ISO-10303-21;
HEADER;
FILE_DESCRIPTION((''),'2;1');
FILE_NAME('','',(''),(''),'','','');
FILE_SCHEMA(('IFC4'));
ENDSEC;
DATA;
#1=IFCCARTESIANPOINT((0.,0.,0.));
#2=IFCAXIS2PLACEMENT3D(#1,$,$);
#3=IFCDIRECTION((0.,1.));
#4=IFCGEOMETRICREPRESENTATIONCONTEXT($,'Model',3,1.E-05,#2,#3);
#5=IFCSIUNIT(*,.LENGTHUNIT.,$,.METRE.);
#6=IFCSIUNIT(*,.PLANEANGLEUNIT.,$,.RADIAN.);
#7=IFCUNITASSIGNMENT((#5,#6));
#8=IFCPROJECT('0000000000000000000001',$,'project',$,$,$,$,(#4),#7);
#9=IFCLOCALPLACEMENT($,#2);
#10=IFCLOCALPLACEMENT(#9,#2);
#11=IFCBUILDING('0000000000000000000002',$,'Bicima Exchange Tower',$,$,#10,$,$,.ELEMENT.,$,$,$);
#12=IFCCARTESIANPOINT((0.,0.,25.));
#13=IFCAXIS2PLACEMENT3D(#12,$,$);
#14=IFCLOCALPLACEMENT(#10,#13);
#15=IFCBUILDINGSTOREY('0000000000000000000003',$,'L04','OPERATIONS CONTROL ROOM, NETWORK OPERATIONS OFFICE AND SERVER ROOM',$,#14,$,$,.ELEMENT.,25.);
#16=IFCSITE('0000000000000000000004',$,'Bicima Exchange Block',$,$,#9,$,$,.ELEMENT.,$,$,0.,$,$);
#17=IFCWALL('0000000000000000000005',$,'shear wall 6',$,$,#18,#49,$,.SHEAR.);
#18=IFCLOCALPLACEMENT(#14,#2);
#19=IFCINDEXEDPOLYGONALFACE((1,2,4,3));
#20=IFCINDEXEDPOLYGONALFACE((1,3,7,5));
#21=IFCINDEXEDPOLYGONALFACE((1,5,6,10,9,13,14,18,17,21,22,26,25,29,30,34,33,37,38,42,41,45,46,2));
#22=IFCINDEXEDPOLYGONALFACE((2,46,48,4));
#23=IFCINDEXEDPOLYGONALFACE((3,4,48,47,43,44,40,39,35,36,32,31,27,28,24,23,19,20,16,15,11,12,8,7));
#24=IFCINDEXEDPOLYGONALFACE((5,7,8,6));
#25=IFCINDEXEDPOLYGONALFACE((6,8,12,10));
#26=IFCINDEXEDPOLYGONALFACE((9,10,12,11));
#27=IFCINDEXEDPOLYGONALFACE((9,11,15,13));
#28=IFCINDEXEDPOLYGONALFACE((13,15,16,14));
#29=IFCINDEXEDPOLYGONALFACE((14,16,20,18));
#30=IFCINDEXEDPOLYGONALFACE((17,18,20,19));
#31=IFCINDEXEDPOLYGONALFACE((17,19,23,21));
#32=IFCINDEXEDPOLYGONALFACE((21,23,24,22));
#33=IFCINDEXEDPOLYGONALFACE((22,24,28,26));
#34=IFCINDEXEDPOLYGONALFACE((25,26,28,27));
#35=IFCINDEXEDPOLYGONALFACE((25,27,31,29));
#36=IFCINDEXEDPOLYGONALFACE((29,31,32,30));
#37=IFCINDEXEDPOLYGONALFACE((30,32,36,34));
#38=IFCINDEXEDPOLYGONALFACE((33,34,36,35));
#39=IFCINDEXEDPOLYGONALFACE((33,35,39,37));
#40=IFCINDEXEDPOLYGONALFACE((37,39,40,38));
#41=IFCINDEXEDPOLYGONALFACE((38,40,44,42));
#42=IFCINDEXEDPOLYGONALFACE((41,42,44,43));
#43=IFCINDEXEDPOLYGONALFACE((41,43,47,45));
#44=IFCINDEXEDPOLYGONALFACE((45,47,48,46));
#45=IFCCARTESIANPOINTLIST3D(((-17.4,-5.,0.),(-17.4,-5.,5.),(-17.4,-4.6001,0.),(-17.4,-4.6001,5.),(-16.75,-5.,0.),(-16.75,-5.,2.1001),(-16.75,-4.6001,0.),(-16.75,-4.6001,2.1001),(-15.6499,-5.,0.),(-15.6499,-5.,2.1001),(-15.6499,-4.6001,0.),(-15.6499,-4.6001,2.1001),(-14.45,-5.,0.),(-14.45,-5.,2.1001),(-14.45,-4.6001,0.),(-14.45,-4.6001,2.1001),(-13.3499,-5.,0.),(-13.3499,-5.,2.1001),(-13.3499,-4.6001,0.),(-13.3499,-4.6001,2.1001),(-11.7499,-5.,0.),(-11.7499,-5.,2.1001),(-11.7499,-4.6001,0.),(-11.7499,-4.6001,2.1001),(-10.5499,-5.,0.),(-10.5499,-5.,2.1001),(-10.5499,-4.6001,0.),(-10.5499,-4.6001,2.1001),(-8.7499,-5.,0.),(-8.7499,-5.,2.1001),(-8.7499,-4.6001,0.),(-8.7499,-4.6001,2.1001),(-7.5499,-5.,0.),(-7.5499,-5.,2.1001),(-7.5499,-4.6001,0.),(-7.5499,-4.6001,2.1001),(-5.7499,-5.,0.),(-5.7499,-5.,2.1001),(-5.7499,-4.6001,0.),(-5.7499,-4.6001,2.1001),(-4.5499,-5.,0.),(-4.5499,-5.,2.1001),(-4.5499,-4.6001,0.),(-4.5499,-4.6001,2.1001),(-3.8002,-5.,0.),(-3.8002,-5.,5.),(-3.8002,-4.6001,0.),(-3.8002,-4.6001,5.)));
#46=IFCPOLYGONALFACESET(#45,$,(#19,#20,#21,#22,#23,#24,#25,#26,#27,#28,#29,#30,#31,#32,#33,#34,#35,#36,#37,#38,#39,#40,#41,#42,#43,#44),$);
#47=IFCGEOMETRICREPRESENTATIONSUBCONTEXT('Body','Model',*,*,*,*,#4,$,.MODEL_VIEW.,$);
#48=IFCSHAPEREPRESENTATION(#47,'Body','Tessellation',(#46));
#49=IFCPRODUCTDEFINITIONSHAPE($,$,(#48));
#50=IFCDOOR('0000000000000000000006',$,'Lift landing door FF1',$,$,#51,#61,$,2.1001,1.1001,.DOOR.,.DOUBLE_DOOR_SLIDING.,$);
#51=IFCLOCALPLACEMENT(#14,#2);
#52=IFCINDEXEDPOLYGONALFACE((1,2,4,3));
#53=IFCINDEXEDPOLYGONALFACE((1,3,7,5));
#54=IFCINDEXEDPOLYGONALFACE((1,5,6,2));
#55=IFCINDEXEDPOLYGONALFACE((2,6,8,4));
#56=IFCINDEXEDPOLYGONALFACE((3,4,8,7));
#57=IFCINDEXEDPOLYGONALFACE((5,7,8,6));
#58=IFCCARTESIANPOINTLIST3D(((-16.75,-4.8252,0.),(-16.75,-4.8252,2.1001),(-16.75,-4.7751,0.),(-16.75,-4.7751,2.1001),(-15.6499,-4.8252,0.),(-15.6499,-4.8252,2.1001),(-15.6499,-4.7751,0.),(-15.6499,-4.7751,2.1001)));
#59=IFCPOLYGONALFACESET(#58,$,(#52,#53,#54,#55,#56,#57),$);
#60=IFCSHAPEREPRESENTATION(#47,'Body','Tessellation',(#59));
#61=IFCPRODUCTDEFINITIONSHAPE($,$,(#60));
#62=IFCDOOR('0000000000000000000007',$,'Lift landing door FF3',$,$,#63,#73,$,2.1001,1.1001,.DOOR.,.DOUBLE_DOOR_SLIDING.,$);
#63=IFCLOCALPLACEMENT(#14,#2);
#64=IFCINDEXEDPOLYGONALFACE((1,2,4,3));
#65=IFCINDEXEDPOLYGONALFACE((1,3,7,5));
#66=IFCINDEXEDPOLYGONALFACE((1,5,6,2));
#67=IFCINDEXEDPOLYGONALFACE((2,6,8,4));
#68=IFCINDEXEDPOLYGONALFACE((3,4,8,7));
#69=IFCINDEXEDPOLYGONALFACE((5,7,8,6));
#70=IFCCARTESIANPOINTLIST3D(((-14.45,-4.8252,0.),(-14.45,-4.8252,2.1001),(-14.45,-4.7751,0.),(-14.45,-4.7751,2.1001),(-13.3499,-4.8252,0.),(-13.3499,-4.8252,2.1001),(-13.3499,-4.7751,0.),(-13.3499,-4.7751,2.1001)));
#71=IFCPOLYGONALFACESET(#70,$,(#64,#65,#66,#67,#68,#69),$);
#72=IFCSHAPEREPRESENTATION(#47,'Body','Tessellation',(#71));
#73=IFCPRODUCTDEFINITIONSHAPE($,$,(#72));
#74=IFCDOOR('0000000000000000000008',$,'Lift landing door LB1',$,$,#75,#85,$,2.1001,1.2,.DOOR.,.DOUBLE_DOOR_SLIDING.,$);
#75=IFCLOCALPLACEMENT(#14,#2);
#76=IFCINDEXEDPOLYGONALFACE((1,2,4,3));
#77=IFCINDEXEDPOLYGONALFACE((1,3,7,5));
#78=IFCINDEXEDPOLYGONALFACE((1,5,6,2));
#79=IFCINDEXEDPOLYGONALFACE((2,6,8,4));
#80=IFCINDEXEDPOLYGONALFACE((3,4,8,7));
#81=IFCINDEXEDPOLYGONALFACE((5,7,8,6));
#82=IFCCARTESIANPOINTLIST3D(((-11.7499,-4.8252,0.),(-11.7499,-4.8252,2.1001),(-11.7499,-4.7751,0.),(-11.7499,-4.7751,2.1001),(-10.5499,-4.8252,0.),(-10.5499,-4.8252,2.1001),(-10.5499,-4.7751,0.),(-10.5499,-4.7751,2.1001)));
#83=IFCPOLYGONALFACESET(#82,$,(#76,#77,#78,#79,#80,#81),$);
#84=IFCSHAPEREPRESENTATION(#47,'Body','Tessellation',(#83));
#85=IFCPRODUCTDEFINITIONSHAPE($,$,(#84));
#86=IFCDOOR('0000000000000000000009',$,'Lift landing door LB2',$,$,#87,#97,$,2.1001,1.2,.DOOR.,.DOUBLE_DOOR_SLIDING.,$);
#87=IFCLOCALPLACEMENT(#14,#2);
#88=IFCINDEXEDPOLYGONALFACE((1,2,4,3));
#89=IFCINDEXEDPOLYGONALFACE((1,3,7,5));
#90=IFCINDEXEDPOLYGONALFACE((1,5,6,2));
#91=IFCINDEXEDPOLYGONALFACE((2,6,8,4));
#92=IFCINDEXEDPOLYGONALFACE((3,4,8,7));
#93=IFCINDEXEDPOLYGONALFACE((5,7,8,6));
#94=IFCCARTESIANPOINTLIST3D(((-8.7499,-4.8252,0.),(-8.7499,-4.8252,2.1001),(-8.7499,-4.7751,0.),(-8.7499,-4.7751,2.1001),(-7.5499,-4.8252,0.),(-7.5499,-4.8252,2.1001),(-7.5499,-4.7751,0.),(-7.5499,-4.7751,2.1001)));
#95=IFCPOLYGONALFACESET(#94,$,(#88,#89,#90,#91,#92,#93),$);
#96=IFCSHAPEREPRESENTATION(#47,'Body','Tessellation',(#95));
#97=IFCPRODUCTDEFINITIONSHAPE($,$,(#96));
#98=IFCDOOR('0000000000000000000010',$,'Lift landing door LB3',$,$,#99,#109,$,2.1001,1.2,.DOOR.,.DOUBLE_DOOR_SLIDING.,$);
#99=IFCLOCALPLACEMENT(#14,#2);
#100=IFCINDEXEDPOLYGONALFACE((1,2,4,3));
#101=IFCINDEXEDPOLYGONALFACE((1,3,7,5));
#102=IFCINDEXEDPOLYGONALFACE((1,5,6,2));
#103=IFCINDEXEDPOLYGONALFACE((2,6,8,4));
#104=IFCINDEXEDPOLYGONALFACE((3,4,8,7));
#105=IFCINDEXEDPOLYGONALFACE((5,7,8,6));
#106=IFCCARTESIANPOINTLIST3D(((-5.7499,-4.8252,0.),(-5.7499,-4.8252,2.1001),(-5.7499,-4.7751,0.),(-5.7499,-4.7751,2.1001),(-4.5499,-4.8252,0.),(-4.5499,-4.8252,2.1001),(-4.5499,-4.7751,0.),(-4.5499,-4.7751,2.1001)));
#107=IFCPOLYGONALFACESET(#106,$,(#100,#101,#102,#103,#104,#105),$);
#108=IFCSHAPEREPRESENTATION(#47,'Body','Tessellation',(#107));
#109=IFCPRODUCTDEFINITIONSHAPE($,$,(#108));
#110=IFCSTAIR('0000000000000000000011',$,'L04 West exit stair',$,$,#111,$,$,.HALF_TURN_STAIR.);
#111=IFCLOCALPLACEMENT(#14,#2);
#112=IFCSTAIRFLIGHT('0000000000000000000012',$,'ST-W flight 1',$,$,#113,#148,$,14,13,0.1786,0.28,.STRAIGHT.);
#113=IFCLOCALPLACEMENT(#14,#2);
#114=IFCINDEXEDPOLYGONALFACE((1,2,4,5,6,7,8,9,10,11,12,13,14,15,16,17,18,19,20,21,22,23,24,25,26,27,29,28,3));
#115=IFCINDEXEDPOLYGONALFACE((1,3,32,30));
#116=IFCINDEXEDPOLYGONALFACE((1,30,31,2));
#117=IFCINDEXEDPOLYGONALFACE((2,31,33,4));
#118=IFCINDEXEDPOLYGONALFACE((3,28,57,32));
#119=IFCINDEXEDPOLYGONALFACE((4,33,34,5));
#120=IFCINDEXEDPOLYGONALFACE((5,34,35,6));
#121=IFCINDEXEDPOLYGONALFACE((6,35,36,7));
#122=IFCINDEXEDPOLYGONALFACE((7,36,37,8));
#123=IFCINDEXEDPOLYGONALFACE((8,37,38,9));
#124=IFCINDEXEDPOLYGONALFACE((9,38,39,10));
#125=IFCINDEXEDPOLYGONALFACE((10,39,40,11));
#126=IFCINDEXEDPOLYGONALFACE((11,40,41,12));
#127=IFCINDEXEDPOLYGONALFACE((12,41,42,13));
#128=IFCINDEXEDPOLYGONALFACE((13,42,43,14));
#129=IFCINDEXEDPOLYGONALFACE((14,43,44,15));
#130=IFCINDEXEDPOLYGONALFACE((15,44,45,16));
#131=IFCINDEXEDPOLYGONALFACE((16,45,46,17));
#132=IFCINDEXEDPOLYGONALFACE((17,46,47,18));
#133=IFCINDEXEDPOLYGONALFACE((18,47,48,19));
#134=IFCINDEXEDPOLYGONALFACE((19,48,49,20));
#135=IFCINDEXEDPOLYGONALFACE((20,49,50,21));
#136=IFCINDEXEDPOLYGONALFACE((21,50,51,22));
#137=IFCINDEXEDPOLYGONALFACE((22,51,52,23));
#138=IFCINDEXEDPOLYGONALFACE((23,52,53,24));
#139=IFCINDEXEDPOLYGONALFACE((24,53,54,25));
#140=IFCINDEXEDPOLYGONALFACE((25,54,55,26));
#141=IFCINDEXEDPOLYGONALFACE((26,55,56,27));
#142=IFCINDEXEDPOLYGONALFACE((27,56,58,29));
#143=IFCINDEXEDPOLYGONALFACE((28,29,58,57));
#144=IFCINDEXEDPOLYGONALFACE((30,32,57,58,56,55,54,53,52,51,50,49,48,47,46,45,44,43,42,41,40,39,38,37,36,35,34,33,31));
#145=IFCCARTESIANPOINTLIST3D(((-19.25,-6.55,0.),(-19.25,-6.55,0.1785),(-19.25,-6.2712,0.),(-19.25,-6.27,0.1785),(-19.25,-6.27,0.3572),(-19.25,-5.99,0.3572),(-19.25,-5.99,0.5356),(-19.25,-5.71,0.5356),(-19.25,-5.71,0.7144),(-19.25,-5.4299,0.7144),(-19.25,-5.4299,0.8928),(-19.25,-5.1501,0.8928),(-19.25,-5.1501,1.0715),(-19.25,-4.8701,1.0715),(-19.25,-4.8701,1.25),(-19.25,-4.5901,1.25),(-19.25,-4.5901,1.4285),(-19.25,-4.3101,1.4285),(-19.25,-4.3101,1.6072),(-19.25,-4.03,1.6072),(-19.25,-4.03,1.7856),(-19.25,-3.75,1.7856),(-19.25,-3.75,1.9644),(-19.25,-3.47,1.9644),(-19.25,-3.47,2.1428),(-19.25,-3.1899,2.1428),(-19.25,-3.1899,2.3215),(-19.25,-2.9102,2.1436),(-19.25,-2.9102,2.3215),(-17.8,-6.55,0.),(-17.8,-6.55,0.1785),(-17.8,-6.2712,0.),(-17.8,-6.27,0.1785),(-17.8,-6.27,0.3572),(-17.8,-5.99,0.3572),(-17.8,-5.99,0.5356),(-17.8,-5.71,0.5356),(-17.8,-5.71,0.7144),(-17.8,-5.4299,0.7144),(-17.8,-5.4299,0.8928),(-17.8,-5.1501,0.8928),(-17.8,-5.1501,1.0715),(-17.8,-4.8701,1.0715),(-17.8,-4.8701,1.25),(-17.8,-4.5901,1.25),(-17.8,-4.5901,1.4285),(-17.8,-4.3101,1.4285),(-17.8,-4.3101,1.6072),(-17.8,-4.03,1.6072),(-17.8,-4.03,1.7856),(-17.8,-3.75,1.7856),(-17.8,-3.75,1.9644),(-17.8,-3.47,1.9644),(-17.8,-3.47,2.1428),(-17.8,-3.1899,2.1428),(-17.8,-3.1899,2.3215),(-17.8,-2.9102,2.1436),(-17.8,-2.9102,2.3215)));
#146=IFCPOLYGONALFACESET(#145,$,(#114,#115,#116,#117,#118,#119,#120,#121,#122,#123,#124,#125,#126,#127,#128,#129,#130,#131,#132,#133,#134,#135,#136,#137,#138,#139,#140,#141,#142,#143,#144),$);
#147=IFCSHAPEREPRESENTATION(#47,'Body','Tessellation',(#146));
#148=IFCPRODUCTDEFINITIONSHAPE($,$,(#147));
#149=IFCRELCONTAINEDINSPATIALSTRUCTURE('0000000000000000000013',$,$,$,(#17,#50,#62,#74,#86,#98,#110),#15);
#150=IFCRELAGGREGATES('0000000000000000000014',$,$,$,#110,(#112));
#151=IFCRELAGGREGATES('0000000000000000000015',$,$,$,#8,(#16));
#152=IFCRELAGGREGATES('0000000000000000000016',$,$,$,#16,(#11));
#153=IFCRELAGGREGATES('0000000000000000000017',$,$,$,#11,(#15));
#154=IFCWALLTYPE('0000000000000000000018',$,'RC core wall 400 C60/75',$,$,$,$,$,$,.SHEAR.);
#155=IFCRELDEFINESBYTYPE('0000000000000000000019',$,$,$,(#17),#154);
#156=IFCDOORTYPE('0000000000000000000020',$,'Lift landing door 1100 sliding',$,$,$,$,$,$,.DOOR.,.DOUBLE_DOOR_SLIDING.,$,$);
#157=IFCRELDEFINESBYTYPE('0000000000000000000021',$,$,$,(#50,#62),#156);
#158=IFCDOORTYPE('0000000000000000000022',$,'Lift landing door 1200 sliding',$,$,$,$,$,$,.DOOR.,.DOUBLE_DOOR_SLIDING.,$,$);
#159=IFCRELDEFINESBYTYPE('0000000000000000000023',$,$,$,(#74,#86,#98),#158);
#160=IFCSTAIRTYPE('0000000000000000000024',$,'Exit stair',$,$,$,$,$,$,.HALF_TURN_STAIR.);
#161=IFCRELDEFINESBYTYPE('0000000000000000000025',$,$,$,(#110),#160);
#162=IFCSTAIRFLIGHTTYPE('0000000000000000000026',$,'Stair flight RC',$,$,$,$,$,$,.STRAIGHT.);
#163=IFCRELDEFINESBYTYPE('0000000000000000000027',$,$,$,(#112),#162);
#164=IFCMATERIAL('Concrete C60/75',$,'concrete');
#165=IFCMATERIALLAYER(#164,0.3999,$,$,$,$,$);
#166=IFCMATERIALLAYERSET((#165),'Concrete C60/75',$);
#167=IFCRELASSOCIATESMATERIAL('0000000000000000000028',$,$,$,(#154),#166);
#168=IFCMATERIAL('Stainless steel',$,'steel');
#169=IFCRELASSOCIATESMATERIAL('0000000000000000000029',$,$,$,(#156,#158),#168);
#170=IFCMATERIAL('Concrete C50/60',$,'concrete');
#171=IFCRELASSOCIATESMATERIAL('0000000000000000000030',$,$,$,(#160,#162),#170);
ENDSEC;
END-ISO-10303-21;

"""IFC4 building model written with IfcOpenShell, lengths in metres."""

from ifc_helpers import new_model, si_unit, direction, frame, frame_2d, origin, place, context, subcontext, project, spatial, polyline, rectangle, outline, extrude, material, layer, layer_set, type_object, element, fill, aggregate, save


model = new_model("IFC4")

# Units and contexts
model_context = context("Model", 3, precision=1e-05, world=origin(), true_north=direction((0.0, 1.0)))
body_context = subcontext(model_context, "Body", "Model", "MODEL_VIEW")
ifc_project = project(units=[si_unit("LENGTHUNIT", "METRE"), si_unit("PLANEANGLEUNIT", "RADIAN")], contexts=[model_context])

# Site, building, storey
site_placement = place(None, origin())
site = spatial("IfcSite", under=ifc_project, at=site_placement, Name="Bicima Exchange Block", CompositionType="ELEMENT", RefElevation=0.0)
building_placement = place(site_placement, origin())
building = spatial("IfcBuilding", under=site, at=building_placement, Name="Bicima Exchange Tower", CompositionType="ELEMENT")
storey_placement = place(building_placement, frame((0.0, 0.0, 25.0)))
storey = spatial("IfcBuildingStorey", under=building, at=storey_placement, Name="L04", Description="OPERATIONS CONTROL ROOM, NETWORK OPERATIONS OFFICE AND SERVER ROOM", CompositionType="ELEMENT", Elevation=25.0)

# Shared definitions
ifc_material_1 = material(Name="Concrete C50/60", Category="concrete")

# Wall, openings, doors
ifc_material_2 = material(Name="Concrete C60/75", Category="concrete")
ifc_layer_1 = layer(ifc_material_2, 0.3999)
ifc_layer_set_1 = layer_set([ifc_layer_1], Name="Concrete C60/75")
wall_type_1 = type_object("IfcWallType", Name="RC core wall 400 C60/75", PredefinedType="SHEAR", material=ifc_layer_set_1)
wall_1_placement = place(storey_placement, frame((-17.3999, -4.8, 0.0), z_axis=(0.0, 0.0, 1.0), x_axis=(1.0, 0.0, 0.0)))
wall_1 = element("IfcWall", 1, at=wall_1_placement, inside=storey, type_object=wall_type_1, Name="shear wall 6", PredefinedType="SHEAR", context=body_context, shape_type="SweptSolid", body=[
    extrude(rectangle(XDim=13.5999, YDim=0.3999, at=frame_2d((6.7998, 0.0))), origin(), (0.0, 0.0, 1.0), 5.0),
])
opening_1_placement = place(wall_1_placement, frame((0.6499, 0.0, 0.0)))
opening_1 = element("IfcOpeningElement", 2, at=opening_1_placement, cuts=wall_1, PredefinedType="OPENING", context=body_context, shape_type="SweptSolid", body=[
    extrude(rectangle(XDim=1.1001, YDim=2.1001, at=frame_2d((0.55, 1.05))), frame((0.0, 0.2119, 0.0), z_axis=(0.0, -1.0, 0.0), x_axis=(1.0, 0.0, 0.0)), (0.0, 0.0, 1.0), 0.4238),
])
opening_2_placement = place(wall_1_placement, frame((2.95, 0.0, 0.0)))
opening_2 = element("IfcOpeningElement", 3, at=opening_2_placement, cuts=wall_1, PredefinedType="OPENING", context=body_context, shape_type="SweptSolid", body=[
    extrude(rectangle(XDim=1.1001, YDim=2.1001, at=frame_2d((0.55, 1.05))), frame((0.0, 0.2119, 0.0), z_axis=(0.0, -1.0, 0.0), x_axis=(1.0, 0.0, 0.0)), (0.0, 0.0, 1.0), 0.4238),
])
opening_3_placement = place(wall_1_placement, frame((5.6499, 0.0, 0.0)))
opening_3 = element("IfcOpeningElement", 4, at=opening_3_placement, cuts=wall_1, PredefinedType="OPENING", context=body_context, shape_type="SweptSolid", body=[
    extrude(rectangle(XDim=1.2, YDim=2.1001, at=frame_2d((0.6001, 1.05))), frame((0.0, 0.2119, 0.0), z_axis=(0.0, -1.0, 0.0), x_axis=(1.0, 0.0, 0.0)), (0.0, 0.0, 1.0), 0.4238),
])
opening_4_placement = place(wall_1_placement, frame((8.6499, 0.0, 0.0)))
opening_4 = element("IfcOpeningElement", 5, at=opening_4_placement, cuts=wall_1, PredefinedType="OPENING", context=body_context, shape_type="SweptSolid", body=[
    extrude(rectangle(XDim=1.2, YDim=2.1001, at=frame_2d((0.6001, 1.05))), frame((0.0, 0.2119, 0.0), z_axis=(0.0, -1.0, 0.0), x_axis=(1.0, 0.0, 0.0)), (0.0, 0.0, 1.0), 0.4238),
])
opening_5_placement = place(wall_1_placement, frame((11.6499, 0.0, 0.0)))
opening_5 = element("IfcOpeningElement", 6, at=opening_5_placement, cuts=wall_1, PredefinedType="OPENING", context=body_context, shape_type="SweptSolid", body=[
    extrude(rectangle(XDim=1.2, YDim=2.1001, at=frame_2d((0.6001, 1.05))), frame((0.0, 0.2119, 0.0), z_axis=(0.0, -1.0, 0.0), x_axis=(1.0, 0.0, 0.0)), (0.0, 0.0, 1.0), 0.4238),
])
ifc_material_3 = material(Name="Stainless steel", Category="steel")
door_type_1 = type_object("IfcDoorType", Name="Lift landing door 1100 sliding", OperationType="DOUBLE_DOOR_SLIDING", PredefinedType="DOOR", material=ifc_material_3)
door_1_placement = place(opening_1_placement, origin())
door_1 = element("IfcDoor", 7, at=door_1_placement, inside=storey, type_object=door_type_1, Name="Lift landing door FF1", OperationType="DOUBLE_DOOR_SLIDING", OverallHeight=2.1001, OverallWidth=1.1001, PredefinedType="DOOR", context=body_context, shape_type="SweptSolid", body=[
    extrude(rectangle(XDim=1.1001, YDim=2.1001, at=frame_2d((0.55, 1.05))), frame((0.0, 0.0249, 0.0), z_axis=(0.0, -1.0, 0.0), x_axis=(1.0, 0.0, 0.0)), (0.0, 0.0, 1.0), 0.05),
])
fill(opening_1, door_1)
door_2_placement = place(opening_2_placement, origin())
door_2 = element("IfcDoor", 8, at=door_2_placement, inside=storey, type_object=door_type_1, Name="Lift landing door FF3", OperationType="DOUBLE_DOOR_SLIDING", OverallHeight=2.1001, OverallWidth=1.1001, PredefinedType="DOOR", context=body_context, shape_type="SweptSolid", body=[
    extrude(rectangle(XDim=1.1001, YDim=2.1001, at=frame_2d((0.55, 1.05))), frame((0.0, 0.0249, 0.0), z_axis=(0.0, -1.0, 0.0), x_axis=(1.0, 0.0, 0.0)), (0.0, 0.0, 1.0), 0.05),
])
fill(opening_2, door_2)
door_type_2 = type_object("IfcDoorType", Name="Lift landing door 1200 sliding", OperationType="DOUBLE_DOOR_SLIDING", PredefinedType="DOOR", material=ifc_material_3)
door_3_placement = place(opening_3_placement, origin())
door_3 = element("IfcDoor", 9, at=door_3_placement, inside=storey, type_object=door_type_2, Name="Lift landing door LB1", OperationType="DOUBLE_DOOR_SLIDING", OverallHeight=2.1001, OverallWidth=1.2, PredefinedType="DOOR", context=body_context, shape_type="SweptSolid", body=[
    extrude(rectangle(XDim=1.2, YDim=2.1001, at=frame_2d((0.6001, 1.05))), frame((0.0, 0.0249, 0.0), z_axis=(0.0, -1.0, 0.0), x_axis=(1.0, 0.0, 0.0)), (0.0, 0.0, 1.0), 0.05),
])
fill(opening_3, door_3)
door_4_placement = place(opening_4_placement, origin())
door_4 = element("IfcDoor", 10, at=door_4_placement, inside=storey, type_object=door_type_2, Name="Lift landing door LB2", OperationType="DOUBLE_DOOR_SLIDING", OverallHeight=2.1001, OverallWidth=1.2, PredefinedType="DOOR", context=body_context, shape_type="SweptSolid", body=[
    extrude(rectangle(XDim=1.2, YDim=2.1001, at=frame_2d((0.6001, 1.05))), frame((0.0, 0.0249, 0.0), z_axis=(0.0, -1.0, 0.0), x_axis=(1.0, 0.0, 0.0)), (0.0, 0.0, 1.0), 0.05),
])
fill(opening_4, door_4)
door_5_placement = place(opening_5_placement, origin())
door_5 = element("IfcDoor", 11, at=door_5_placement, inside=storey, type_object=door_type_2, Name="Lift landing door LB3", OperationType="DOUBLE_DOOR_SLIDING", OverallHeight=2.1001, OverallWidth=1.2, PredefinedType="DOOR", context=body_context, shape_type="SweptSolid", body=[
    extrude(rectangle(XDim=1.2, YDim=2.1001, at=frame_2d((0.6001, 1.05))), frame((0.0, 0.0249, 0.0), z_axis=(0.0, -1.0, 0.0), x_axis=(1.0, 0.0, 0.0)), (0.0, 0.0, 1.0), 0.05),
])
fill(opening_5, door_5)

# Stair, stair flight
stair_type = type_object("IfcStairType", Name="Exit stair", PredefinedType="HALF_TURN_STAIR", material=ifc_material_1)
stair_placement = place(storey_placement, origin())
stair = element("IfcStair", 12, at=stair_placement, inside=storey, type_object=stair_type, Name="L04 West exit stair", PredefinedType="HALF_TURN_STAIR")
stair_flight_type = type_object("IfcStairFlightType", Name="Stair flight RC", PredefinedType="STRAIGHT", material=ifc_material_1)
stair_flight_placement = place(storey_placement, frame((-18.5249, -6.55, 0.0), z_axis=(0.0, 0.0, 1.0), x_axis=(0.0, 1.0, 0.0)))
stair_flight = element("IfcStairFlight", 13, at=stair_flight_placement, type_object=stair_flight_type, Name="ST-W flight 1", NumberOfRisers=14, NumberOfTreads=13, PredefinedType="STRAIGHT", RiserHeight=0.1786, TreadLength=0.28, context=body_context, shape_type="SweptSolid", body=[
    extrude(outline(polyline([(0.0, 0.0), (0.0, 0.1785), (0.28, 0.1785), (0.28, 0.3572), (0.5601, 0.3572), (0.5601, 0.5356), (0.8401, 0.5356), (0.8401, 0.7144), (1.1201, 0.7144), (1.1201, 0.8928), (1.3999, 0.8928), (1.3999, 1.0715), (1.6799, 1.0715), (1.6799, 1.25), (1.96, 1.25), (1.96, 1.4285), (2.24, 1.4285), (2.24, 1.6072), (2.52, 1.6072), (2.52, 1.7856), (2.8, 1.7856), (2.8, 1.9644), (3.0801, 1.9644), (3.0801, 2.1428), (3.3601, 2.1428), (3.3601, 2.3215), (3.6399, 2.3215), (3.6399, 2.5), (3.6399, 2.1436), (0.2788, 0.0), (0.0, 0.0)])), frame((0.0, 0.7251, 0.0), z_axis=(0.0, -1.0, 0.0), x_axis=(1.0, 0.0, 0.0)), (0.0, 0.0, 1.0), 1.45),
])
aggregate(stair, [stair_flight])

save(model, "model.ifc")
